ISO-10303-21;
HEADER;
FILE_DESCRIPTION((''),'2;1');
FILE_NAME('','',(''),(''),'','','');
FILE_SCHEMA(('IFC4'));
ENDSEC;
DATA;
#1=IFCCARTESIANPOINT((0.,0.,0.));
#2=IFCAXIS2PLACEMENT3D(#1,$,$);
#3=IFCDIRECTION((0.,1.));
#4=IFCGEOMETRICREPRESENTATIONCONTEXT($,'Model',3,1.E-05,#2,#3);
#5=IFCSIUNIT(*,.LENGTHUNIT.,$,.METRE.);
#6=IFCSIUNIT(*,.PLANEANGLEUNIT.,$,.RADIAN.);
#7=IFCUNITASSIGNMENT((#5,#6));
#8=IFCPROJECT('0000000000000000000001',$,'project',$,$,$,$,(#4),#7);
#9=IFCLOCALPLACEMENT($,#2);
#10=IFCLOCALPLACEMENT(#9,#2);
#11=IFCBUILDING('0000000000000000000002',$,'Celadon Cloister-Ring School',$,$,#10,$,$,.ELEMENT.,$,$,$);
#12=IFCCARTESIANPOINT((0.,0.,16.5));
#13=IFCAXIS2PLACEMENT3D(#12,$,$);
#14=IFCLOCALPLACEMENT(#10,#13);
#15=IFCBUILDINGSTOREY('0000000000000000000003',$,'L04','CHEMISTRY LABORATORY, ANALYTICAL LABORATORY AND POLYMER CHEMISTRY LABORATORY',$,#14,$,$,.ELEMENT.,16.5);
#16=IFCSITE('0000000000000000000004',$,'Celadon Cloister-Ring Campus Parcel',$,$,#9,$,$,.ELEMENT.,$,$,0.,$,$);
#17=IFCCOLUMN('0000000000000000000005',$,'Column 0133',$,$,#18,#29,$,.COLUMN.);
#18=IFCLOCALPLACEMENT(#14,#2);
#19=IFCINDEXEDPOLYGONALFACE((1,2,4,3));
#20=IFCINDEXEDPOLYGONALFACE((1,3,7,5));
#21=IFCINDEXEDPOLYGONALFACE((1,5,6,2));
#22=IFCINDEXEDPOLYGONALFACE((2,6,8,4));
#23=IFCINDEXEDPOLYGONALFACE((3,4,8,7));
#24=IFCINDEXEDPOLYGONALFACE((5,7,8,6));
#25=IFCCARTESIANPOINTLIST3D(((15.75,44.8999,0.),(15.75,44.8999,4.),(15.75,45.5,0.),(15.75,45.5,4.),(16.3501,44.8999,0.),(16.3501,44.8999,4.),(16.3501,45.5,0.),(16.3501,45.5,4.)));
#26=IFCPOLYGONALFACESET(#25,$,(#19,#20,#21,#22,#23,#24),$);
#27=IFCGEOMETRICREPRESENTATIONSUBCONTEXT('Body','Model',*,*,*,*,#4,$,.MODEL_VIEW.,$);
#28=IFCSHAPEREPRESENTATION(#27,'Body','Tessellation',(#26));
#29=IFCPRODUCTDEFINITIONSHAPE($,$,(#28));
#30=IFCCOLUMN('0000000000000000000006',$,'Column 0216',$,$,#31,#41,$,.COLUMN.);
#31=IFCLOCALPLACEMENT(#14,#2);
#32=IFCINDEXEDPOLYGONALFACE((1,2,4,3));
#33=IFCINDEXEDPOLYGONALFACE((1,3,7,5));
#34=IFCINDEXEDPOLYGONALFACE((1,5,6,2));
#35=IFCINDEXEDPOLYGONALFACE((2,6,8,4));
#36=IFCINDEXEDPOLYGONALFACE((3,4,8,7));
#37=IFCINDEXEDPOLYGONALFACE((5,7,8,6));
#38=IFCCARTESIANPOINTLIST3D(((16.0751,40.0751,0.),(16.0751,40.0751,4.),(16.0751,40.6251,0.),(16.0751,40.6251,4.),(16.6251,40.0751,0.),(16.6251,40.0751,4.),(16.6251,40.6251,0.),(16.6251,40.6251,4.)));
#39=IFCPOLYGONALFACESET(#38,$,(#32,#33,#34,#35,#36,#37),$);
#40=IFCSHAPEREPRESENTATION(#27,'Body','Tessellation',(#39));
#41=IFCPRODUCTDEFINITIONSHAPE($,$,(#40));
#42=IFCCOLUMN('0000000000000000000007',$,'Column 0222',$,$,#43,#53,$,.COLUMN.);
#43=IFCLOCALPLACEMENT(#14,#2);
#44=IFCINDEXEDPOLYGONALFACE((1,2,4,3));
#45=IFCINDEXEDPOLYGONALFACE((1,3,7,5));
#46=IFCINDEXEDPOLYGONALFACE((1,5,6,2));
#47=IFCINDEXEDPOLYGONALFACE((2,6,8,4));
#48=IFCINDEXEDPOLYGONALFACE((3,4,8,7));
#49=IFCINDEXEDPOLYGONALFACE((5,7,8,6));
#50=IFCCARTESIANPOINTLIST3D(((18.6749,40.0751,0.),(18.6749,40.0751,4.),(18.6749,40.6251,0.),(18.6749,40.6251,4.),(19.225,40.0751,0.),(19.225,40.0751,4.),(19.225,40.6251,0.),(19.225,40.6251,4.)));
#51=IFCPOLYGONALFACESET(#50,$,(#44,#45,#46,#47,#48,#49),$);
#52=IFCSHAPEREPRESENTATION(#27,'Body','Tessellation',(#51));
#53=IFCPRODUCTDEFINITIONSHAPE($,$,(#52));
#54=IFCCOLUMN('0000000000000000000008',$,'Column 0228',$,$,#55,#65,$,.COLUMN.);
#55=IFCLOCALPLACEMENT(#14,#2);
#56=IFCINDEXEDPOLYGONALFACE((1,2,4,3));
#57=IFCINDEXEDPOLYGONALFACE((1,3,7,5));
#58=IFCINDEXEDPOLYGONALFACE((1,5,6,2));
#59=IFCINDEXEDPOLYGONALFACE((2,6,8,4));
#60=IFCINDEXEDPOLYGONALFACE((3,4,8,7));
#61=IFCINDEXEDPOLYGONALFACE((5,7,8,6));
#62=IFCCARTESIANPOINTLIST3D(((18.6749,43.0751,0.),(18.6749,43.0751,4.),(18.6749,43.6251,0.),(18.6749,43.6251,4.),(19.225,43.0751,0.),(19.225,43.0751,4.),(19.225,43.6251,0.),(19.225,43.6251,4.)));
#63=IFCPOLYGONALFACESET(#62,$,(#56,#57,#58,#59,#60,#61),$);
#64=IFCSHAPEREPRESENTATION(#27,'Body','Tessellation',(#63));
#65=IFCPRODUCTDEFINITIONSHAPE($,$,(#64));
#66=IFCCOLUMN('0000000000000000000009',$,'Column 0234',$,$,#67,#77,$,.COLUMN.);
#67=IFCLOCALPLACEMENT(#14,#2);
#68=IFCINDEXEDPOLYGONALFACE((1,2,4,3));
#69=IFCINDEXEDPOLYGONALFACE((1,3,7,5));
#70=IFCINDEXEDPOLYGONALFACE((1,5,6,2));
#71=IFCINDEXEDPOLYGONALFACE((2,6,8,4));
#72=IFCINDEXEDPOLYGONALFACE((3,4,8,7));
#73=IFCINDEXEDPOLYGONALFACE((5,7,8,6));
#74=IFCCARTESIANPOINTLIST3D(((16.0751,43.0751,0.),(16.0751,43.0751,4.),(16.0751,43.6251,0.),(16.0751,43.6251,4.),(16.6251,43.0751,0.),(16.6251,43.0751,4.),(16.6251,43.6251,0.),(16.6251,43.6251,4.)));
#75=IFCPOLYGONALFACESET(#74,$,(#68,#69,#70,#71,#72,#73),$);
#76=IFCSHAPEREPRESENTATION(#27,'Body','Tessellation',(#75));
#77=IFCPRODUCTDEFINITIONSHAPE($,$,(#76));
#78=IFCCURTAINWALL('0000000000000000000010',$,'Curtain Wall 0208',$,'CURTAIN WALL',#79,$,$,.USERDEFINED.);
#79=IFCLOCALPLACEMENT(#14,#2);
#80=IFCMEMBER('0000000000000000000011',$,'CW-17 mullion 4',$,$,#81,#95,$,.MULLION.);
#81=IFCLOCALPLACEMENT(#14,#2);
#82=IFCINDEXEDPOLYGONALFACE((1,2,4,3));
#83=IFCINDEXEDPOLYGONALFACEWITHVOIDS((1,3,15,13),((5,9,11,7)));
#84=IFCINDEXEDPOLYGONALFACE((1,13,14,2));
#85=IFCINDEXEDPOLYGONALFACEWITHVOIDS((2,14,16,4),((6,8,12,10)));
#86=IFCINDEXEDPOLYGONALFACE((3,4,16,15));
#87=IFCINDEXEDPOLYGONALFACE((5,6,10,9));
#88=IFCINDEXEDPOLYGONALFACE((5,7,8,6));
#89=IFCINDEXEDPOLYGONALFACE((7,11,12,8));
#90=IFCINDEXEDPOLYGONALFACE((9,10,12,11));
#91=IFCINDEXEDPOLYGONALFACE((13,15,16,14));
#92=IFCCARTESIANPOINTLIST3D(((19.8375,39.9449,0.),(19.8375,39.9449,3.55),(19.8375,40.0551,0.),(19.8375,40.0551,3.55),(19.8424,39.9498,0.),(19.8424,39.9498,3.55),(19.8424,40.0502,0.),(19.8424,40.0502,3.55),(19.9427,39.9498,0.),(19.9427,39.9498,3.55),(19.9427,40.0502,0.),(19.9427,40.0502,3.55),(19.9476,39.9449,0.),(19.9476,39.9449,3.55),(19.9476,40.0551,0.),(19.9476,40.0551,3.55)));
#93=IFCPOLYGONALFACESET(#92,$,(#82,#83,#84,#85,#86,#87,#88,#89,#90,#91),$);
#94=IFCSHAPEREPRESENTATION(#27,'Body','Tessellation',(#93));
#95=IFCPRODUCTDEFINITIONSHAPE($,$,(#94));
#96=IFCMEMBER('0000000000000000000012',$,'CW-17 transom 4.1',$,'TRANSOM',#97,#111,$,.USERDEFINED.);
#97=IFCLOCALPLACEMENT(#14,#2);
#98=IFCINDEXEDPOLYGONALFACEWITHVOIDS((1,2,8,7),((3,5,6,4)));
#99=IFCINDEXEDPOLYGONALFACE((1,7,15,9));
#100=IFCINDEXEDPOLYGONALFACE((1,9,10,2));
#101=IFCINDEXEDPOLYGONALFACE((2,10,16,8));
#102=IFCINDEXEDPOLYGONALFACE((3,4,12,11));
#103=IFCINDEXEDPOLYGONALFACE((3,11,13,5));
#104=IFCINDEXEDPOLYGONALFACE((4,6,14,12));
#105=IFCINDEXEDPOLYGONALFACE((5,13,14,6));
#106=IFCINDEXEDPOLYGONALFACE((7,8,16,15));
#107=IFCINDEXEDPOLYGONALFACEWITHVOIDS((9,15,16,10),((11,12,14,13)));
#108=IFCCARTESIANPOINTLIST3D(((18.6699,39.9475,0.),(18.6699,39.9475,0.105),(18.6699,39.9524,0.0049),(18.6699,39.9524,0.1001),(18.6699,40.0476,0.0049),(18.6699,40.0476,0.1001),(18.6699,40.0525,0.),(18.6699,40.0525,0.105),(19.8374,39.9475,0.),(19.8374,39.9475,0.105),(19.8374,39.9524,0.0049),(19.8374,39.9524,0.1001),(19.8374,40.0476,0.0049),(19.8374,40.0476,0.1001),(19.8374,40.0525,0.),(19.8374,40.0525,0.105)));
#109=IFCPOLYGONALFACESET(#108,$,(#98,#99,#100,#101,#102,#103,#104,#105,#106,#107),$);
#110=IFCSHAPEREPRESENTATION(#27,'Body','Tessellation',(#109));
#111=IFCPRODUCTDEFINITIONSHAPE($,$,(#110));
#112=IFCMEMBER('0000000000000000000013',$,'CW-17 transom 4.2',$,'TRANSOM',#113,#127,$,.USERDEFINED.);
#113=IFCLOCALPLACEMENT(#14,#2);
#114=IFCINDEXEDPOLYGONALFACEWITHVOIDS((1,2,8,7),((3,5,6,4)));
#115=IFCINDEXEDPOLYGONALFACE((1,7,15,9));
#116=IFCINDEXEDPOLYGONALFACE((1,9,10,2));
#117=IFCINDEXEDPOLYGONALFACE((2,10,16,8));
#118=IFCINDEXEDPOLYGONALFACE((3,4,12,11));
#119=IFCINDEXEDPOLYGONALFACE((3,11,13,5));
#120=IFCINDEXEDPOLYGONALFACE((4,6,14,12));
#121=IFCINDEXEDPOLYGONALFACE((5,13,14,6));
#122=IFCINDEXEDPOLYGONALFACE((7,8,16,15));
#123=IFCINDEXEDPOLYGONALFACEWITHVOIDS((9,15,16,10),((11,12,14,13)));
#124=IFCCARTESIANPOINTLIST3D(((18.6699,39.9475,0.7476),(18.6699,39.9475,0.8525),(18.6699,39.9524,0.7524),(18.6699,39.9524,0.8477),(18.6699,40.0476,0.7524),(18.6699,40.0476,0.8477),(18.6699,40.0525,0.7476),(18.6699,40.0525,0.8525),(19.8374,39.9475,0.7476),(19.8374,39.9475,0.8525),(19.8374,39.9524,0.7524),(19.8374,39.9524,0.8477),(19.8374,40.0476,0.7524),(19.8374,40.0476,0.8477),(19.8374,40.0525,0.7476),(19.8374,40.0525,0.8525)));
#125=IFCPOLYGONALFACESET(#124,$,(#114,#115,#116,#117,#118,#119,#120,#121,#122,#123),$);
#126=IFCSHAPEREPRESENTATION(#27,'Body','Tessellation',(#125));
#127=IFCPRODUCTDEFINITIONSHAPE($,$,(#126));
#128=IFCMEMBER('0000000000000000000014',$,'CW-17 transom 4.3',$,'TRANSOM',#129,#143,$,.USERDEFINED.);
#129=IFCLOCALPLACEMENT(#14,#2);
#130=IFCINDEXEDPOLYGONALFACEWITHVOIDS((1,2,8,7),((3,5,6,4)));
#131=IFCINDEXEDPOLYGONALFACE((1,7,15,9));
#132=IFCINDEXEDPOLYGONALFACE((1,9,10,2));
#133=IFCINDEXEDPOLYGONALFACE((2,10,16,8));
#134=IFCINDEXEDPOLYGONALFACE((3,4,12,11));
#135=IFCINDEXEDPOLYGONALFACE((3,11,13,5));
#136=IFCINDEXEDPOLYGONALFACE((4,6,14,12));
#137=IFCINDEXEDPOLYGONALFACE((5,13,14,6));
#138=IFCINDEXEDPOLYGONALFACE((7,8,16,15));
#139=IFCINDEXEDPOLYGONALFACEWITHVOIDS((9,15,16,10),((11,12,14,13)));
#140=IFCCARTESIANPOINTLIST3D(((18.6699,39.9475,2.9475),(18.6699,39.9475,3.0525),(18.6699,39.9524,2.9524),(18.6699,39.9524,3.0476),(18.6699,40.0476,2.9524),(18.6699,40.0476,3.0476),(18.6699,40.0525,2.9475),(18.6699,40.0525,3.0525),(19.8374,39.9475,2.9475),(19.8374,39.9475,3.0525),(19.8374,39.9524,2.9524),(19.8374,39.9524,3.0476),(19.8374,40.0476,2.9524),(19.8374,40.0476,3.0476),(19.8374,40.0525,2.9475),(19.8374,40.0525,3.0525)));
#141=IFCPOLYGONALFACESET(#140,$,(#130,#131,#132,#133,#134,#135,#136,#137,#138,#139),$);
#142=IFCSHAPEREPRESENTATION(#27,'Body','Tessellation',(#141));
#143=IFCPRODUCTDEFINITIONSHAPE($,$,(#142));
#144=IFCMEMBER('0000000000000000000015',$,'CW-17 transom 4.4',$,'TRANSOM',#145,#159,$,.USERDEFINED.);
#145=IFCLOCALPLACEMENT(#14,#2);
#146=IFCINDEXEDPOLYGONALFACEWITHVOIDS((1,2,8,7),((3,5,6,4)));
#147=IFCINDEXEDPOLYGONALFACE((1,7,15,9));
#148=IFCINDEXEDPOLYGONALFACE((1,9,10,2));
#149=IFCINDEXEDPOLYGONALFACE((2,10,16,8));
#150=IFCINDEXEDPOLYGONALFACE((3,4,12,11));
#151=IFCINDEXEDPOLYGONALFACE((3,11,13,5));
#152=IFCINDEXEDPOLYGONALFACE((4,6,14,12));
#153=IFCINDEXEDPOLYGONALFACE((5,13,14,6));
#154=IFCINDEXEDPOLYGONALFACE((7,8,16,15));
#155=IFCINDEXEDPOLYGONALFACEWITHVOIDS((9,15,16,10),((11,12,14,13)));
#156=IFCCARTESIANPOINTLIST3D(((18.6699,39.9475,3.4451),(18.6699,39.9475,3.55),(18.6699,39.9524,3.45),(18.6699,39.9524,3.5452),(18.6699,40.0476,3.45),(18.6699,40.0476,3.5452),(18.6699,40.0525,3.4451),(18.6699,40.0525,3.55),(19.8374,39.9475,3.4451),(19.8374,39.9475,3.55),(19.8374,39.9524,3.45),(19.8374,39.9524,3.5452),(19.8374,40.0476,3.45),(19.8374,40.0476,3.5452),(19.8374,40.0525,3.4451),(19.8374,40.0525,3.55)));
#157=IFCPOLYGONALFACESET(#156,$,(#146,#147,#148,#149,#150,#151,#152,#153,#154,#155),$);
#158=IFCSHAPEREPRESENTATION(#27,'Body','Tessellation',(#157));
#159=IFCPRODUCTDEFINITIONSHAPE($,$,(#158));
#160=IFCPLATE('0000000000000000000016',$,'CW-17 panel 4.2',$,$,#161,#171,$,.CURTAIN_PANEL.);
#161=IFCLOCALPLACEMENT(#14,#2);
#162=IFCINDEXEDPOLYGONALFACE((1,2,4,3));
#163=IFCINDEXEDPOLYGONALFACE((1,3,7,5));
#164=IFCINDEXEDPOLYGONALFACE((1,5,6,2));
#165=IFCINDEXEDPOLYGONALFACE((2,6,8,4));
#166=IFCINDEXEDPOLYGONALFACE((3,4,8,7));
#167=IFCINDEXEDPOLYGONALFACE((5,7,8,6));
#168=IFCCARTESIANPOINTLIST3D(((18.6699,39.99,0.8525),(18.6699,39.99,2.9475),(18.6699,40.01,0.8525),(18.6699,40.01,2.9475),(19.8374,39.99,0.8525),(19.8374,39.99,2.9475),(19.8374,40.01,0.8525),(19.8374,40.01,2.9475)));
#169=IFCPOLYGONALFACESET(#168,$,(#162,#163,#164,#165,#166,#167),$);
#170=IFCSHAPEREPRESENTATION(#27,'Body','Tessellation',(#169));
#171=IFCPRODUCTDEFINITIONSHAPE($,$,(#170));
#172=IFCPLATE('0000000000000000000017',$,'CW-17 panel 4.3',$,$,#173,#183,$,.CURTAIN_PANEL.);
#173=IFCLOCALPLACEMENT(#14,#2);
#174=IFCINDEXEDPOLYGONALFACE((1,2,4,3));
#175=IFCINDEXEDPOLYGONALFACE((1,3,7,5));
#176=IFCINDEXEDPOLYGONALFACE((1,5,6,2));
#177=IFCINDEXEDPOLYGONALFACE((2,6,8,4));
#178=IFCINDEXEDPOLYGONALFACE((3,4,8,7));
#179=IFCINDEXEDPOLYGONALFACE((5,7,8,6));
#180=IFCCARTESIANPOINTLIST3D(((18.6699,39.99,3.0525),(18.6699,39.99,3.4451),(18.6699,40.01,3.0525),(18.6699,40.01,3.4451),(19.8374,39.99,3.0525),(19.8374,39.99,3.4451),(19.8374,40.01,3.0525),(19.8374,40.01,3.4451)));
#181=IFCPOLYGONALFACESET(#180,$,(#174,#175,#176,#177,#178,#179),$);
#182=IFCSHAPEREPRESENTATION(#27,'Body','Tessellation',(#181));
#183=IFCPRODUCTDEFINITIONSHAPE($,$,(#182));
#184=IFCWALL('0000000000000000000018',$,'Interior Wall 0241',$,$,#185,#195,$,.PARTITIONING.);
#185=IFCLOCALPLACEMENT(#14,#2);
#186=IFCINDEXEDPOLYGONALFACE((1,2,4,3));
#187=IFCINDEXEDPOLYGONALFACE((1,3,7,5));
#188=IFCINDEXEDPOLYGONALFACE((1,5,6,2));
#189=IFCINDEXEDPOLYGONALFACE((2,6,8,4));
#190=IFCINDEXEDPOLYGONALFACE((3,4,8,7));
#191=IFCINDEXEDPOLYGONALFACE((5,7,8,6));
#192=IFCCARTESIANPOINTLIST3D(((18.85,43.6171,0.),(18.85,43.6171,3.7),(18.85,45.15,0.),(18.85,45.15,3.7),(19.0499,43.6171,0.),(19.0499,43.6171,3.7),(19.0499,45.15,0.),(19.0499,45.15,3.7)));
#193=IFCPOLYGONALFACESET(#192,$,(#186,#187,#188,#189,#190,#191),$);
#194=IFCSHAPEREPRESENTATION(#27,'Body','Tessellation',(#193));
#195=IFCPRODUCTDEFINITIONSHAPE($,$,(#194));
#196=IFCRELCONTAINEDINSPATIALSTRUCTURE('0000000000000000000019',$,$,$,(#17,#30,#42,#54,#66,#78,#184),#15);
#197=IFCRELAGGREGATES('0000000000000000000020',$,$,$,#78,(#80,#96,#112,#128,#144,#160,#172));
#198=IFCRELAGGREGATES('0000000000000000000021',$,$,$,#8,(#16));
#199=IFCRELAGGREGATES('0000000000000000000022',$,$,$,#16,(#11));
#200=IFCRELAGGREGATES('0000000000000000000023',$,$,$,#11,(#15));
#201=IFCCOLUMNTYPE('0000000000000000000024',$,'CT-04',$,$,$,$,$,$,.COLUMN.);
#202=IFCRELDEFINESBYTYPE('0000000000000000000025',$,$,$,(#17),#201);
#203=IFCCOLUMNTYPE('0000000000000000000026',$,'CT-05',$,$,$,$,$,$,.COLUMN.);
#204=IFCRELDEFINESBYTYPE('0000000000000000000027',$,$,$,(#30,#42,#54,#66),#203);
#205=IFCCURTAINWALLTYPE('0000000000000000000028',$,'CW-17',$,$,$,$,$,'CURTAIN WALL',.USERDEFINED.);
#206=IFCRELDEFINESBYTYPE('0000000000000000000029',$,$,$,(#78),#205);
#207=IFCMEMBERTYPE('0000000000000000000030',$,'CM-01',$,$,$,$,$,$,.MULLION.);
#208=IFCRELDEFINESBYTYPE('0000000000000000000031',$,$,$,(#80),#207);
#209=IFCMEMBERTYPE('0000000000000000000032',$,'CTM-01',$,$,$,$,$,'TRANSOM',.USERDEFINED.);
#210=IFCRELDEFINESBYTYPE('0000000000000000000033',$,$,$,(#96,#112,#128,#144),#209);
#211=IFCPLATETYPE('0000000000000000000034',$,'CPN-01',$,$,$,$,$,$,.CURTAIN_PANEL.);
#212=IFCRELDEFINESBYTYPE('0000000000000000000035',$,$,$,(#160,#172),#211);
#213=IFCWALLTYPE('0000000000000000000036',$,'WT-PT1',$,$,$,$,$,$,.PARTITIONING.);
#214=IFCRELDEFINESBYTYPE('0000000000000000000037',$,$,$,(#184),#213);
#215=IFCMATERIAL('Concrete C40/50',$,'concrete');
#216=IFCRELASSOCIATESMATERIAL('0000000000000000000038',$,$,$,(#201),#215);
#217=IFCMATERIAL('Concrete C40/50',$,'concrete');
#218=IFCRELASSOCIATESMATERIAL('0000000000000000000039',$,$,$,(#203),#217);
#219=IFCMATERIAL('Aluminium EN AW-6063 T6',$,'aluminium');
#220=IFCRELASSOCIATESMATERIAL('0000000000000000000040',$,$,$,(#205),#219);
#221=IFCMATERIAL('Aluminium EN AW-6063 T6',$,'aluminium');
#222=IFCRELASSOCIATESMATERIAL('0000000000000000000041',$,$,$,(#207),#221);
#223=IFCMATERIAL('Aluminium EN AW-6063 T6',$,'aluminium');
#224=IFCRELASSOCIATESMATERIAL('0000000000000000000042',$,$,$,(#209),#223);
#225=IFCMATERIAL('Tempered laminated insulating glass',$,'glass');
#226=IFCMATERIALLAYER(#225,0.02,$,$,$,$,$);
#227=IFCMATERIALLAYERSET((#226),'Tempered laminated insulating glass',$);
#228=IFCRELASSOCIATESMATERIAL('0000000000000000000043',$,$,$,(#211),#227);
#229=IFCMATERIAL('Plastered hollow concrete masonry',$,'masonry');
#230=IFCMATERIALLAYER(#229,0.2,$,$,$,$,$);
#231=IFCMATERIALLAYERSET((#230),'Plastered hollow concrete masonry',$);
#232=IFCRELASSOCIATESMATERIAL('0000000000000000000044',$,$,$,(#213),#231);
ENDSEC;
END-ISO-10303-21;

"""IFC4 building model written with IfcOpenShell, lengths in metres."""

from ifc_helpers import new_model, si_unit, direction, frame, frame_2d, origin, origin_2d, place, context, subcontext, project, spatial, rectangle, hollow_rectangle, extrude, material, layer, layer_set, material_profile, profile_set, type_object, element, aggregate, save


model = new_model("IFC4")

# Units and contexts
model_context = context("Model", 3, precision=1e-05, world=origin(), true_north=direction((0.0, 1.0)))
body_context = subcontext(model_context, "Body", "Model", "MODEL_VIEW")
ifc_project = project(units=[si_unit("LENGTHUNIT", "METRE"), si_unit("PLANEANGLEUNIT", "RADIAN")], contexts=[model_context])

# Site, building, storey
site_placement = place(None, origin())
site = spatial("IfcSite", under=ifc_project, at=site_placement, Name="Celadon Cloister-Ring Campus Parcel", CompositionType="ELEMENT", RefElevation=0.0)
building_placement = place(site_placement, origin())
building = spatial("IfcBuilding", under=site, at=building_placement, Name="Celadon Cloister-Ring School", CompositionType="ELEMENT")
storey_placement = place(building_placement, frame((0.0, 0.0, 16.5)))
storey = spatial("IfcBuildingStorey", under=building, at=storey_placement, Name="L04", Description="CHEMISTRY LABORATORY, ANALYTICAL LABORATORY AND POLYMER CHEMISTRY LABORATORY", CompositionType="ELEMENT", Elevation=16.5)

# Columns
ifc_material_1 = material(Name="Concrete C40/50", Category="concrete")
ifc_material_profile_1 = material_profile(ifc_material_1, rectangle(XDim=0.6001, YDim=0.6001, at=origin_2d()), Name="RC600X600")
ifc_profile_set_1 = profile_set([ifc_material_profile_1], Name="Concrete C40/50")
column_type_1 = type_object("IfcColumnType", Name="CT-04", PredefinedType="COLUMN", material=ifc_profile_set_1)
column_placement = place(storey_placement, frame((16.05, 45.2, 0.0), z_axis=(0.0, 0.0, 1.0), x_axis=(1.0, 0.0, 0.0)))
element("IfcColumn", 1, at=column_placement, inside=storey, type_object=column_type_1, Name="Column 0133", PredefinedType="COLUMN", context=body_context, shape_type="SweptSolid", body=[
    extrude(rectangle(XDim=0.6001, YDim=0.6001, at=origin_2d()), origin(), (0.0, 0.0, 1.0), 4.0),
])
ifc_material_2 = material(Name="Concrete C40/50", Category="concrete")
ifc_material_profile_2 = material_profile(ifc_material_2, rectangle(XDim=0.55, YDim=0.55, at=origin_2d()), Name="RC550X550")
ifc_profile_set_2 = profile_set([ifc_material_profile_2], Name="Concrete C40/50")
column_type_2 = type_object("IfcColumnType", Name="CT-05", PredefinedType="COLUMN", material=ifc_profile_set_2)
for number, where, z_axis, x_axis, name in (
    (2, (16.3501, 40.3501, 0.0), (0.0, 0.0, 1.0), (1.0, 0.0, 0.0), "Column 0216"),
    (3, (18.95, 40.3501, 0.0), (0.0, 0.0, 1.0), (1.0, 0.0, 0.0), "Column 0222"),
    (4, (18.95, 43.3501, 0.0), (0.0, 0.0, 1.0), (1.0, 0.0, 0.0), "Column 0228"),
    (5, (16.3501, 43.3501, 0.0), (0.0, 0.0, 1.0), (1.0, 0.0, 0.0), "Column 0234"),
):
    element("IfcColumn", number, at=place(storey_placement, frame(where, z_axis=z_axis, x_axis=x_axis)), inside=storey, type_object=column_type_2, Name=name, PredefinedType="COLUMN", context=body_context, shape_type="SweptSolid", body=[
        extrude(rectangle(XDim=0.55, YDim=0.55, at=origin_2d()), origin(), (0.0, 0.0, 1.0), 4.0),
    ])

# Curtain wall, members, plates
ifc_material_3 = material(Name="Aluminium EN AW-6063 T6", Category="aluminium")
curtain_wall_type = type_object("IfcCurtainWallType", Name="CW-17", ElementType="CURTAIN WALL", PredefinedType="USERDEFINED", material=ifc_material_3)
curtain_wall_placement = place(storey_placement, origin())
curtain_wall = element("IfcCurtainWall", 6, at=curtain_wall_placement, inside=storey, type_object=curtain_wall_type, Name="Curtain Wall 0208", ObjectType="CURTAIN WALL", PredefinedType="USERDEFINED")
ifc_material_4 = material(Name="Aluminium EN AW-6063 T6", Category="aluminium")
ifc_material_profile_3 = material_profile(ifc_material_4, hollow_rectangle(XDim=0.1101, YDim=0.1101, WallThickness=0.0049, at=origin_2d()), Name="RHS110X110X5")
ifc_profile_set_3 = profile_set([ifc_material_profile_3], Name="Aluminium EN AW-6063 T6")
member_type_1 = type_object("IfcMemberType", Name="CM-01", PredefinedType="MULLION", material=ifc_profile_set_3)
member_1_placement = place(storey_placement, frame((19.8926, 40.0, 0.0), z_axis=(0.0, 0.0, 1.0), x_axis=(0.0, -1.0, 0.0)))
member_1 = element("IfcMember", 7, at=member_1_placement, type_object=member_type_1, Name="CW-17 mullion 4", PredefinedType="MULLION", context=body_context, shape_type="SweptSolid", body=[
    extrude(hollow_rectangle(XDim=0.1101, YDim=0.1101, WallThickness=0.0049, at=origin_2d()), origin(), (0.0, 0.0, 1.0), 3.55),
])
ifc_material_5 = material(Name="Aluminium EN AW-6063 T6", Category="aluminium")
ifc_material_profile_4 = material_profile(ifc_material_5, hollow_rectangle(XDim=0.105, YDim=0.105, WallThickness=0.0049, at=origin_2d()), Name="RHS105X105X5")
ifc_profile_set_4 = profile_set([ifc_material_profile_4], Name="Aluminium EN AW-6063 T6")
member_type_2 = type_object("IfcMemberType", Name="CTM-01", ElementType="TRANSOM", PredefinedType="USERDEFINED", material=ifc_profile_set_4)
member_2_placement = place(storey_placement, frame((19.8374, 40.0, 0.0525), z_axis=(-1.0, 0.0, 0.0), x_axis=(0.0, -1.0, 0.0)))
member_2 = element("IfcMember", 8, at=member_2_placement, type_object=member_type_2, Name="CW-17 transom 4.1", ObjectType="TRANSOM", PredefinedType="USERDEFINED", context=body_context, shape_type="SweptSolid", body=[
    extrude(hollow_rectangle(XDim=0.105, YDim=0.105, WallThickness=0.0049, at=origin_2d()), origin(), (0.0, 0.0, 1.0), 1.1675),
])
member_3_placement = place(storey_placement, frame((19.8374, 40.0, 0.8), z_axis=(-1.0, 0.0, 0.0), x_axis=(0.0, -1.0, 0.0)))
member_3 = element("IfcMember", 9, at=member_3_placement, type_object=member_type_2, Name="CW-17 transom 4.2", ObjectType="TRANSOM", PredefinedType="USERDEFINED", context=body_context, shape_type="SweptSolid", body=[
    extrude(hollow_rectangle(XDim=0.105, YDim=0.105, WallThickness=0.0049, at=origin_2d()), origin(), (0.0, 0.0, 1.0), 1.1675),
])
member_4_placement = place(storey_placement, frame((19.8374, 40.0, 3.0), z_axis=(-1.0, 0.0, 0.0), x_axis=(0.0, -1.0, 0.0)))
member_4 = element("IfcMember", 10, at=member_4_placement, type_object=member_type_2, Name="CW-17 transom 4.3", ObjectType="TRANSOM", PredefinedType="USERDEFINED", context=body_context, shape_type="SweptSolid", body=[
    extrude(hollow_rectangle(XDim=0.105, YDim=0.105, WallThickness=0.0049, at=origin_2d()), origin(), (0.0, 0.0, 1.0), 1.1675),
])
member_5_placement = place(storey_placement, frame((19.8374, 40.0, 3.4976), z_axis=(-1.0, 0.0, 0.0), x_axis=(0.0, -1.0, 0.0)))
member_5 = element("IfcMember", 11, at=member_5_placement, type_object=member_type_2, Name="CW-17 transom 4.4", ObjectType="TRANSOM", PredefinedType="USERDEFINED", context=body_context, shape_type="SweptSolid", body=[
    extrude(hollow_rectangle(XDim=0.105, YDim=0.105, WallThickness=0.0049, at=origin_2d()), origin(), (0.0, 0.0, 1.0), 1.1675),
])
ifc_material_6 = material(Name="Tempered laminated insulating glass", Category="glass")
ifc_layer_1 = layer(ifc_material_6, 0.02)
ifc_layer_set_1 = layer_set([ifc_layer_1], Name="Tempered laminated insulating glass")
plate_type = type_object("IfcPlateType", Name="CPN-01", PredefinedType="CURTAIN_PANEL", material=ifc_layer_set_1)
plate_1_placement = place(storey_placement, frame((19.2537, 40.0, 0.8525), z_axis=(0.0, 0.0, 1.0), x_axis=(-1.0, 0.0, 0.0)))
plate_1 = element("IfcPlate", 12, at=plate_1_placement, type_object=plate_type, Name="CW-17 panel 4.2", PredefinedType="CURTAIN_PANEL", context=body_context, shape_type="SweptSolid", body=[
    extrude(rectangle(XDim=1.1675, YDim=0.02, at=origin_2d()), origin(), (0.0, 0.0, 1.0), 2.095),
])
plate_2_placement = place(storey_placement, frame((19.2537, 40.0, 3.0525), z_axis=(0.0, 0.0, 1.0), x_axis=(-1.0, 0.0, 0.0)))
plate_2 = element("IfcPlate", 13, at=plate_2_placement, type_object=plate_type, Name="CW-17 panel 4.3", PredefinedType="CURTAIN_PANEL", context=body_context, shape_type="SweptSolid", body=[
    extrude(rectangle(XDim=1.1675, YDim=0.02, at=origin_2d()), origin(), (0.0, 0.0, 1.0), 0.3926),
])
aggregate(curtain_wall, [member_1, member_2, member_3, member_4, member_5, plate_1, plate_2])

# Wall
ifc_material_7 = material(Name="Plastered hollow concrete masonry", Category="masonry")
ifc_layer_2 = layer(ifc_material_7, 0.2)
ifc_layer_set_2 = layer_set([ifc_layer_2], Name="Plastered hollow concrete masonry")
wall_type_1 = type_object("IfcWallType", Name="WT-PT1", PredefinedType="PARTITIONING", material=ifc_layer_set_2)
wall_1_placement = place(storey_placement, frame((18.95, 43.6169, 0.0), z_axis=(0.0, 0.0, 1.0), x_axis=(0.0, 1.0, 0.0)))
element("IfcWall", 14, at=wall_1_placement, inside=storey, type_object=wall_type_1, Name="Interior Wall 0241", PredefinedType="PARTITIONING", context=body_context, shape_type="SweptSolid", body=[
    extrude(rectangle(XDim=1.533, YDim=0.2, at=frame_2d((0.7666, 0.0))), origin(), (0.0, 0.0, 1.0), 3.7),
])

save(model, "model.ifc")
